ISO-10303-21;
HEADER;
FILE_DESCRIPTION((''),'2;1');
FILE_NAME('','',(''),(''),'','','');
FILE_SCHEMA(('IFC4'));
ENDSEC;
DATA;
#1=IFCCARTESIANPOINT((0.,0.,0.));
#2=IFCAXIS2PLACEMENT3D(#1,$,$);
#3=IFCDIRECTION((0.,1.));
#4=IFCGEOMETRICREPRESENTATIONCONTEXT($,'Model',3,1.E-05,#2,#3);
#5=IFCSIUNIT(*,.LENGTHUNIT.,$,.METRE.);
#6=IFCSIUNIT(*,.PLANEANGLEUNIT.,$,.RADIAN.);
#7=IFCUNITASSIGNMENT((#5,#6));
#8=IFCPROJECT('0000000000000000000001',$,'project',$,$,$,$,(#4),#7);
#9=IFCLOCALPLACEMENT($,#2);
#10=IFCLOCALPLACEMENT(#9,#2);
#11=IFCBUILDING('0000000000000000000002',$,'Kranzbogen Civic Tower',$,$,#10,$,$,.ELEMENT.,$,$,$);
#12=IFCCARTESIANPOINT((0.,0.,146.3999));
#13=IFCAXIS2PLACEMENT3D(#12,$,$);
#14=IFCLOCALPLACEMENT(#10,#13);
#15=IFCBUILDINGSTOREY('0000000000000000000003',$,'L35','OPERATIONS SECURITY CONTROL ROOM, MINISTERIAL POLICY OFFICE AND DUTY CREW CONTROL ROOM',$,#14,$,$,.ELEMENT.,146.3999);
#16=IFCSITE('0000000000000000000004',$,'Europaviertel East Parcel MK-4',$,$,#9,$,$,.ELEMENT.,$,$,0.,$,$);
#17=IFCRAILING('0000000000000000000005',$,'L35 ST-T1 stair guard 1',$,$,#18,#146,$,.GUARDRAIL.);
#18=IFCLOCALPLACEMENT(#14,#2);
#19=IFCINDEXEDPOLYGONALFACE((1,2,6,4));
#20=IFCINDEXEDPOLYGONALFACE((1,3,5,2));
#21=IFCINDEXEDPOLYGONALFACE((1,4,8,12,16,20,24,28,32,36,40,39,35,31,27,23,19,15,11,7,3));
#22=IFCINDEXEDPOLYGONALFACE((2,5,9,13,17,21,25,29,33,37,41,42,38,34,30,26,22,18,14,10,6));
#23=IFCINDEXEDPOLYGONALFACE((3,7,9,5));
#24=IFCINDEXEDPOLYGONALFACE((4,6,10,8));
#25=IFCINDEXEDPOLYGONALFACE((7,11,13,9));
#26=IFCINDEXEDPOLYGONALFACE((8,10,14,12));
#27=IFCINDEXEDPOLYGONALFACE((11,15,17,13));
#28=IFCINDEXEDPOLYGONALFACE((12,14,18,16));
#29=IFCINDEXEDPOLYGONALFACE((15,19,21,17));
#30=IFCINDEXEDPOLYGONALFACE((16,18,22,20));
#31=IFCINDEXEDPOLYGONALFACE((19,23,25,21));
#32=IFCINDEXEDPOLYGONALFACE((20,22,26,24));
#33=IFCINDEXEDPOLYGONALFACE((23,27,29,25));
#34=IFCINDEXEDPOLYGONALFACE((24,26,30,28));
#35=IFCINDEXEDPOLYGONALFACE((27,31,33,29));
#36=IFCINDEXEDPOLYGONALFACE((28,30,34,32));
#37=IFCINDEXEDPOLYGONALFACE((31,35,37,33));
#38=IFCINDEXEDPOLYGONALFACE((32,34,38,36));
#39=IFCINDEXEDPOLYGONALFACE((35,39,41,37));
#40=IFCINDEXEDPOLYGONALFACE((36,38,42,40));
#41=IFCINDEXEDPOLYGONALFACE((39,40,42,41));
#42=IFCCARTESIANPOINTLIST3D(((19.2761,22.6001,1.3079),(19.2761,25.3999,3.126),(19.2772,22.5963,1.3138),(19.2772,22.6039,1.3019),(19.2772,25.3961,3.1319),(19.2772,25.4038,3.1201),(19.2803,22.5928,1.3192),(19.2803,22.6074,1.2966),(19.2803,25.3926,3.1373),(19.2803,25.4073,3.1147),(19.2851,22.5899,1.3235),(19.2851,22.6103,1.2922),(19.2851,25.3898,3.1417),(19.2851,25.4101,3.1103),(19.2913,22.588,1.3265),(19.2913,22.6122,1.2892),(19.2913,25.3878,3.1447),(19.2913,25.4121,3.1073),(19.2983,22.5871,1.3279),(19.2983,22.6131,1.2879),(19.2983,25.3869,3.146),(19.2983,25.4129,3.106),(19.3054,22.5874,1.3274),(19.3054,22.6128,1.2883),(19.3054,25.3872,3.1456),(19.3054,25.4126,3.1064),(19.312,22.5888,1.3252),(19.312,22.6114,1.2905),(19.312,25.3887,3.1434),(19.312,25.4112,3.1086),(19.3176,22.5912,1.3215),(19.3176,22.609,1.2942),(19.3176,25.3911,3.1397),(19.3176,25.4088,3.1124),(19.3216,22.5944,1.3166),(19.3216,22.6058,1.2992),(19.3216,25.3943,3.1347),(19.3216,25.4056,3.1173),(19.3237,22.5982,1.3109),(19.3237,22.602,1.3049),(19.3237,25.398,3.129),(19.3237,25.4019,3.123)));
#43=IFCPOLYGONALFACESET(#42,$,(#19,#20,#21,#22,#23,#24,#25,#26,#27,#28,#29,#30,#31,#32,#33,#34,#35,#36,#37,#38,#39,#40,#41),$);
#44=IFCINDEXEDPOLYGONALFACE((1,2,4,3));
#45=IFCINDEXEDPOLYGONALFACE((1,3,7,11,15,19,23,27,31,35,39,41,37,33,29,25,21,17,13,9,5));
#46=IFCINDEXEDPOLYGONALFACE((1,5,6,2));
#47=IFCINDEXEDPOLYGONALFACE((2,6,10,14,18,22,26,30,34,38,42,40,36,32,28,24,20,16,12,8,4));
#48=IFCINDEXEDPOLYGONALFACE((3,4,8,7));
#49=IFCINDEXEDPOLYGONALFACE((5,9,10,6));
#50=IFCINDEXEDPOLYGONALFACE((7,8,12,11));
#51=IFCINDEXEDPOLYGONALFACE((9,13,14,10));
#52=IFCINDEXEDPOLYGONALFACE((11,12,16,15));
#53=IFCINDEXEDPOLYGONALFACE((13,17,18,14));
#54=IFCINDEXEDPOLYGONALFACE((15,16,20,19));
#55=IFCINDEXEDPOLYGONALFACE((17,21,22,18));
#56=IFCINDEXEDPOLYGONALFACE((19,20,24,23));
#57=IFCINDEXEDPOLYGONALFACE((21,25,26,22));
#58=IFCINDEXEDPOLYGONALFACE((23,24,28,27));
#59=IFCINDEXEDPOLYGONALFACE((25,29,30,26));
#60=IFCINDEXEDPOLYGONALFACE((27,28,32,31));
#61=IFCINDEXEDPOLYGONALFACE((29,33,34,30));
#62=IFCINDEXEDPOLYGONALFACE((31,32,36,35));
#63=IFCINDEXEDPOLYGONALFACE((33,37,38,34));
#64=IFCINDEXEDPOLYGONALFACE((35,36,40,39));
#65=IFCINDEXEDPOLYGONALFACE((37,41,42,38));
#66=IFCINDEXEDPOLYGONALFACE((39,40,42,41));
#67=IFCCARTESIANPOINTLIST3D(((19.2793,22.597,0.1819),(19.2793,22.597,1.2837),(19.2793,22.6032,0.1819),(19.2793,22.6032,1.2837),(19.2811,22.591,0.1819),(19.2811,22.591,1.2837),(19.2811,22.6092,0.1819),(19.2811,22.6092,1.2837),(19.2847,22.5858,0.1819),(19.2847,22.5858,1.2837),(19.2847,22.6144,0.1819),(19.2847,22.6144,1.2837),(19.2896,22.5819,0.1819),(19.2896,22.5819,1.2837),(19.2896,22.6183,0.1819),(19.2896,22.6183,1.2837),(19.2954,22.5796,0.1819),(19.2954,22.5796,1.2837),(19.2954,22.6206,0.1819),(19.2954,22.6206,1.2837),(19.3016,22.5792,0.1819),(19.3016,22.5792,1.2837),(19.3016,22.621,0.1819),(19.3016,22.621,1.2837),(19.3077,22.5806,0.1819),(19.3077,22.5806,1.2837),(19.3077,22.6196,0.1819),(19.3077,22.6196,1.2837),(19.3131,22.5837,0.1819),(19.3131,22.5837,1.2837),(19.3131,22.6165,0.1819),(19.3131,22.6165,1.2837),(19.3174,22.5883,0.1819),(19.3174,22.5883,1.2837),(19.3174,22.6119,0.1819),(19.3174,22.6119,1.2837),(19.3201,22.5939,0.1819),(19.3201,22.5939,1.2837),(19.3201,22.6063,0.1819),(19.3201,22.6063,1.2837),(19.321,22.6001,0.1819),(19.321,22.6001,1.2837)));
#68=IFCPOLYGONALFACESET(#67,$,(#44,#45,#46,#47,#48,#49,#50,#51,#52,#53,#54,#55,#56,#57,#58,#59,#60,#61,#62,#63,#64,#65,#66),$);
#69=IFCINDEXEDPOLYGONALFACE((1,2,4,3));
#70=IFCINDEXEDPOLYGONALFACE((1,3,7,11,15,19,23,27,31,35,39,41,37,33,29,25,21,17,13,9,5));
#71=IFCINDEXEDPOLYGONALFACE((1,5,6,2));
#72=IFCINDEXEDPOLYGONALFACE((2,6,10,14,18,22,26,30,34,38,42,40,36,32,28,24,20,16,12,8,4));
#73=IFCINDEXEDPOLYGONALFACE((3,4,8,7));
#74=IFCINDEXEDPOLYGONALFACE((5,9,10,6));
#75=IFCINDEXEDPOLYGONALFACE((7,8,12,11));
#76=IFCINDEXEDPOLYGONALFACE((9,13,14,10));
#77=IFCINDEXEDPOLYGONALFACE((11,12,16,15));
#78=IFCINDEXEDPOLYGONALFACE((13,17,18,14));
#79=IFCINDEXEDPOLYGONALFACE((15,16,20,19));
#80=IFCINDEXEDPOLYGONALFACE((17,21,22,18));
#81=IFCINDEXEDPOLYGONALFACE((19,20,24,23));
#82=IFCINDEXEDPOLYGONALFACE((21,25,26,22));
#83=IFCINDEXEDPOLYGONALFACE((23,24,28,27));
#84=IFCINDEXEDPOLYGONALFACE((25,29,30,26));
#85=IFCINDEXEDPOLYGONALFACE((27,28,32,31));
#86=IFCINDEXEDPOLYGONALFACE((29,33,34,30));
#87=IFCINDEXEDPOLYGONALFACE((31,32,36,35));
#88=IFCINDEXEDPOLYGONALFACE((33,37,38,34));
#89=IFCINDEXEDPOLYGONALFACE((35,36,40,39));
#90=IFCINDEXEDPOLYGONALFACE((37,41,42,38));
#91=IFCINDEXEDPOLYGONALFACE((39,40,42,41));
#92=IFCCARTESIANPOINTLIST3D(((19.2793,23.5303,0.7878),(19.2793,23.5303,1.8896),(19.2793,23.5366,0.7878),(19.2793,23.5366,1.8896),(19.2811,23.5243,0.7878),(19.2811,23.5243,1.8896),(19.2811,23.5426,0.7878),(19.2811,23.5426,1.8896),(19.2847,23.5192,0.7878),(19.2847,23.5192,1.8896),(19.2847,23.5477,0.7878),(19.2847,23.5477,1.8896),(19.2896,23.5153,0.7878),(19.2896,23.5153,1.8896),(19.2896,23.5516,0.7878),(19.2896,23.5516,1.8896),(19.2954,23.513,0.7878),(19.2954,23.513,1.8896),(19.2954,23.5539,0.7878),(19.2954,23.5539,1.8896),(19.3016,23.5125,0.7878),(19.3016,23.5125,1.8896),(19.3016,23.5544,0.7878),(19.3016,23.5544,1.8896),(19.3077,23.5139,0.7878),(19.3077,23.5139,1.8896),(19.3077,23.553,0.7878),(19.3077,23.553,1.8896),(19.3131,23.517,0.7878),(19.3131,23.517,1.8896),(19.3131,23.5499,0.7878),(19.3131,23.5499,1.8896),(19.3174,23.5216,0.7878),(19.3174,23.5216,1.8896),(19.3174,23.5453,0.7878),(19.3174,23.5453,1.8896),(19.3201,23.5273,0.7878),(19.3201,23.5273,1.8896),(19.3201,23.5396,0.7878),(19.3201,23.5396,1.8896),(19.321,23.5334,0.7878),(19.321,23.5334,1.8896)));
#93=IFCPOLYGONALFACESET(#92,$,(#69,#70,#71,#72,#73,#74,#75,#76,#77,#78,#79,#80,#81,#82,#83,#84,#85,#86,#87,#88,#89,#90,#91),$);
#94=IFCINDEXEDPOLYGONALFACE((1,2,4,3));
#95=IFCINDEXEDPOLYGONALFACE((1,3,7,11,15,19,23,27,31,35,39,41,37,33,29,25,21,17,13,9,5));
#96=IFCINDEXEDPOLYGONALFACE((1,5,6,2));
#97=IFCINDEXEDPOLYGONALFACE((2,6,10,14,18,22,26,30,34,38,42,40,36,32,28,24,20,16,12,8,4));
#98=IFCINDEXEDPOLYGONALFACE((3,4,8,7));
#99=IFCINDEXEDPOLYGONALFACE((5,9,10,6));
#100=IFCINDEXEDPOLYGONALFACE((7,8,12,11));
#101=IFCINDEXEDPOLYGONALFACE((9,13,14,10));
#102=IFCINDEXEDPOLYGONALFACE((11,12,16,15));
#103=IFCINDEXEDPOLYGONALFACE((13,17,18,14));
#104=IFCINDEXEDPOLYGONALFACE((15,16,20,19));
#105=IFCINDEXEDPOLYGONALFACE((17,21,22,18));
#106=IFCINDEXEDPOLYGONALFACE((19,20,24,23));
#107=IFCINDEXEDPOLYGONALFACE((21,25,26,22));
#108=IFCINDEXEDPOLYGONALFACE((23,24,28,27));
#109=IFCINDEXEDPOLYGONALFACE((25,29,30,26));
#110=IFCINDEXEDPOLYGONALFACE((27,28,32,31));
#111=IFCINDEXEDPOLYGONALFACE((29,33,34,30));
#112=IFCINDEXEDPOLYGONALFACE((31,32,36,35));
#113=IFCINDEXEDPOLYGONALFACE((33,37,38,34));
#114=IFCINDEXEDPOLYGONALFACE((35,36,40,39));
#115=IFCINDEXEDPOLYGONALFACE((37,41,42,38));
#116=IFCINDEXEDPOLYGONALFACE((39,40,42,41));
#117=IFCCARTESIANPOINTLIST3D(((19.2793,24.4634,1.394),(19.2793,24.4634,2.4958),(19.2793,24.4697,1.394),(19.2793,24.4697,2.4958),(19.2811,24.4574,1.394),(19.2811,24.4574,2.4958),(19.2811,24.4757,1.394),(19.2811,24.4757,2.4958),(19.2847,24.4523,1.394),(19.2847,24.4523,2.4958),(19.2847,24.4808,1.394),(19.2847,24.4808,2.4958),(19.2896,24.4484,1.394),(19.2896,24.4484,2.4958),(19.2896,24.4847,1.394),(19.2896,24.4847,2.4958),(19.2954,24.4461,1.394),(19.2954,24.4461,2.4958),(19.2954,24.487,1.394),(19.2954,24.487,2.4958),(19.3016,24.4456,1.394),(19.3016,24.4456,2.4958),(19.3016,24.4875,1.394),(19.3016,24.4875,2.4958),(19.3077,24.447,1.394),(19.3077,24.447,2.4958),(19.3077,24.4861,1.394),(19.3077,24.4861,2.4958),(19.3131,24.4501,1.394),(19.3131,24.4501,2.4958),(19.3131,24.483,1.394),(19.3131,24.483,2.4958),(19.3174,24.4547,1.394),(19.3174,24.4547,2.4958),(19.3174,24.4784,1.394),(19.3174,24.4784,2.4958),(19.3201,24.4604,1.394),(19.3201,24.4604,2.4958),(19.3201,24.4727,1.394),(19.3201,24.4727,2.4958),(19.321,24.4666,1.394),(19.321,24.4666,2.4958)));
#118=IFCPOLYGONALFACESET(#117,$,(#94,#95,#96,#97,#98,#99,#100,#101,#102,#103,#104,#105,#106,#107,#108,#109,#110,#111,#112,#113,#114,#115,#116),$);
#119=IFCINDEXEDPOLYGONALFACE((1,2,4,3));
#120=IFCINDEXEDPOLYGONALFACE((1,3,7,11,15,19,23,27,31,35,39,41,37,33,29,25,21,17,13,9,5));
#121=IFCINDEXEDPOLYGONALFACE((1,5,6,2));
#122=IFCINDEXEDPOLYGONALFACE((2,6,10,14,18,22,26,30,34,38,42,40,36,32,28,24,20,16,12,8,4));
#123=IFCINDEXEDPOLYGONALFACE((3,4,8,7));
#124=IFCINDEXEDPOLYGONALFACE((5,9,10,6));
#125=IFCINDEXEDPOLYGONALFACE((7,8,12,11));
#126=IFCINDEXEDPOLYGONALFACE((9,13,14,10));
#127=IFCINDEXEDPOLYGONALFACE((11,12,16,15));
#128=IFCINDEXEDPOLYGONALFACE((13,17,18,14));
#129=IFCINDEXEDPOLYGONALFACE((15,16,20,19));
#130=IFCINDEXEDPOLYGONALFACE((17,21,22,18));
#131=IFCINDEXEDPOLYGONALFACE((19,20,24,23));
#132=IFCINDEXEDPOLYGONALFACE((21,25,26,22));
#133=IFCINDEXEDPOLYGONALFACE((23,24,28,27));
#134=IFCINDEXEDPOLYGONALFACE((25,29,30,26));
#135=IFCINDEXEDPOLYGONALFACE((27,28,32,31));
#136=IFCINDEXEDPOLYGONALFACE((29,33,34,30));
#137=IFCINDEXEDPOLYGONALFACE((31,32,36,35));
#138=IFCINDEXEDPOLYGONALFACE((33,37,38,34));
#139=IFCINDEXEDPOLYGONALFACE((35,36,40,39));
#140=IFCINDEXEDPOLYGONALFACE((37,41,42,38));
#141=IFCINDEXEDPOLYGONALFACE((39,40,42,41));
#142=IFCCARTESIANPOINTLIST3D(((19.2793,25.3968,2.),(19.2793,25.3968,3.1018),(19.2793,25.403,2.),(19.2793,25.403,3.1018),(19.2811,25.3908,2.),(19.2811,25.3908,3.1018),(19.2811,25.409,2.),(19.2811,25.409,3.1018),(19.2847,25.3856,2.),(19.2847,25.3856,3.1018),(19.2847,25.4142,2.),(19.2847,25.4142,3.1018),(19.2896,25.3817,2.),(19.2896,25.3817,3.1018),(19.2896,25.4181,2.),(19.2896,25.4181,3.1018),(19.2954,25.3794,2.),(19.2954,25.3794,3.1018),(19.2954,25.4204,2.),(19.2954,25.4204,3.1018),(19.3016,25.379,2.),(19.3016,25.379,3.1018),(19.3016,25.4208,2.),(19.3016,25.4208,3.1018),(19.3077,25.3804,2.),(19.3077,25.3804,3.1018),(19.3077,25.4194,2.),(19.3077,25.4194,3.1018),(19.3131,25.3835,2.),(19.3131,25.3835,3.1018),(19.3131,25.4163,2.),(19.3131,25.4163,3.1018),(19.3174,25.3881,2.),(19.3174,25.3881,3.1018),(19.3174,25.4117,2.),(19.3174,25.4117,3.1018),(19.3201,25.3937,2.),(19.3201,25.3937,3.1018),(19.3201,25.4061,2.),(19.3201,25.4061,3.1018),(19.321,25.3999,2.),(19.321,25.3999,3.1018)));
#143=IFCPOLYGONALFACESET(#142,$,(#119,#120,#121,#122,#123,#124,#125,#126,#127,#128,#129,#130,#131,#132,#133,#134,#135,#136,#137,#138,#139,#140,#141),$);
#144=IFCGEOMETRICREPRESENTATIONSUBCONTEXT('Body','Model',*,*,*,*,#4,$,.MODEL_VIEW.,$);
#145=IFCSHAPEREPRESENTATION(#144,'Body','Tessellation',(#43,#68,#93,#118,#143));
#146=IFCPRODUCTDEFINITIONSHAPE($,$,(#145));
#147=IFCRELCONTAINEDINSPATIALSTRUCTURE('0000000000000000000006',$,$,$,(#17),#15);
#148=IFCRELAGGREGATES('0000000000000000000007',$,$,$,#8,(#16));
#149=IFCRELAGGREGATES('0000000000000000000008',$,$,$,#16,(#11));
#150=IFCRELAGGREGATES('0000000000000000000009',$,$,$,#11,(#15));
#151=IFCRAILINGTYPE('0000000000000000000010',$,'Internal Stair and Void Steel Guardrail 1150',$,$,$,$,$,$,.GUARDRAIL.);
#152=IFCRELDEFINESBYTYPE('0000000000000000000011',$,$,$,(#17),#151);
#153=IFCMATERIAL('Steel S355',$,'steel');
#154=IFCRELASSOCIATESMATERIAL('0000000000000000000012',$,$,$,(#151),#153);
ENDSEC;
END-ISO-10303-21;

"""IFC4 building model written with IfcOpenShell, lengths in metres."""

from ifc_helpers import new_model, si_unit, direction, frame, origin, origin_2d, place, context, subcontext, project, spatial, circle, extrude, material, type_object, element, save


model = new_model("IFC4")

# Units and contexts
model_context = context("Model", 3, precision=1e-05, world=origin(), true_north=direction((0.0, 1.0)))
body_context = subcontext(model_context, "Body", "Model", "MODEL_VIEW")
ifc_project = project(units=[si_unit("LENGTHUNIT", "METRE"), si_unit("PLANEANGLEUNIT", "RADIAN")], contexts=[model_context])

# Site, building, storey
site_placement = place(None, origin())
site = spatial("IfcSite", under=ifc_project, at=site_placement, Name="Europaviertel East Parcel MK-4", CompositionType="ELEMENT", RefElevation=0.0)
building_placement = place(site_placement, origin())
building = spatial("IfcBuilding", under=site, at=building_placement, Name="Kranzbogen Civic Tower", CompositionType="ELEMENT")
storey_placement = place(building_placement, frame((0.0, 0.0, 146.3999)))
storey = spatial("IfcBuildingStorey", under=building, at=storey_placement, Name="L35", Description="OPERATIONS SECURITY CONTROL ROOM, MINISTERIAL POLICY OFFICE AND DUTY CREW CONTROL ROOM", CompositionType="ELEMENT", Elevation=146.3999)

# Shared definitions
ifc_material_1 = material(Name="Steel S355", Category="steel")

# Railing
railing_type_1 = type_object("IfcRailingType", Name="Internal Stair and Void Steel Guardrail 1150", PredefinedType="GUARDRAIL", material=ifc_material_1)
railing_1_placement = place(storey_placement, frame((19.3, 22.6001, 0.1819)))
element("IfcRailing", 1, at=railing_1_placement, inside=storey, type_object=railing_type_1, Name="L35 ST-T1 stair guard 1", PredefinedType="GUARDRAIL", context=body_context, shape_type="SweptSolid", body=[
    extrude(circle(Radius=0.0239, at=origin_2d()), frame((0.0, 0.0, 1.126), z_axis=(0.0, 0.838684, 0.544618), x_axis=(-1.0, 0.0, 0.0)), (0.0, 0.0, 1.0), 3.3384),
    extrude(circle(Radius=0.021, at=origin_2d()), origin(), (0.0, 0.0, 1.0), 1.1018),
    extrude(circle(Radius=0.021, at=origin_2d()), frame((0.0, 0.9333, 0.606)), (0.0, 0.0, 1.0), 1.1018),
    extrude(circle(Radius=0.021, at=origin_2d()), frame((0.0, 1.8665, 1.2122)), (0.0, 0.0, 1.0), 1.1018),
    extrude(circle(Radius=0.021, at=origin_2d()), frame((0.0, 2.7998, 1.8181)), (0.0, 0.0, 1.0), 1.1018),
])

save(model, "model.ifc")
